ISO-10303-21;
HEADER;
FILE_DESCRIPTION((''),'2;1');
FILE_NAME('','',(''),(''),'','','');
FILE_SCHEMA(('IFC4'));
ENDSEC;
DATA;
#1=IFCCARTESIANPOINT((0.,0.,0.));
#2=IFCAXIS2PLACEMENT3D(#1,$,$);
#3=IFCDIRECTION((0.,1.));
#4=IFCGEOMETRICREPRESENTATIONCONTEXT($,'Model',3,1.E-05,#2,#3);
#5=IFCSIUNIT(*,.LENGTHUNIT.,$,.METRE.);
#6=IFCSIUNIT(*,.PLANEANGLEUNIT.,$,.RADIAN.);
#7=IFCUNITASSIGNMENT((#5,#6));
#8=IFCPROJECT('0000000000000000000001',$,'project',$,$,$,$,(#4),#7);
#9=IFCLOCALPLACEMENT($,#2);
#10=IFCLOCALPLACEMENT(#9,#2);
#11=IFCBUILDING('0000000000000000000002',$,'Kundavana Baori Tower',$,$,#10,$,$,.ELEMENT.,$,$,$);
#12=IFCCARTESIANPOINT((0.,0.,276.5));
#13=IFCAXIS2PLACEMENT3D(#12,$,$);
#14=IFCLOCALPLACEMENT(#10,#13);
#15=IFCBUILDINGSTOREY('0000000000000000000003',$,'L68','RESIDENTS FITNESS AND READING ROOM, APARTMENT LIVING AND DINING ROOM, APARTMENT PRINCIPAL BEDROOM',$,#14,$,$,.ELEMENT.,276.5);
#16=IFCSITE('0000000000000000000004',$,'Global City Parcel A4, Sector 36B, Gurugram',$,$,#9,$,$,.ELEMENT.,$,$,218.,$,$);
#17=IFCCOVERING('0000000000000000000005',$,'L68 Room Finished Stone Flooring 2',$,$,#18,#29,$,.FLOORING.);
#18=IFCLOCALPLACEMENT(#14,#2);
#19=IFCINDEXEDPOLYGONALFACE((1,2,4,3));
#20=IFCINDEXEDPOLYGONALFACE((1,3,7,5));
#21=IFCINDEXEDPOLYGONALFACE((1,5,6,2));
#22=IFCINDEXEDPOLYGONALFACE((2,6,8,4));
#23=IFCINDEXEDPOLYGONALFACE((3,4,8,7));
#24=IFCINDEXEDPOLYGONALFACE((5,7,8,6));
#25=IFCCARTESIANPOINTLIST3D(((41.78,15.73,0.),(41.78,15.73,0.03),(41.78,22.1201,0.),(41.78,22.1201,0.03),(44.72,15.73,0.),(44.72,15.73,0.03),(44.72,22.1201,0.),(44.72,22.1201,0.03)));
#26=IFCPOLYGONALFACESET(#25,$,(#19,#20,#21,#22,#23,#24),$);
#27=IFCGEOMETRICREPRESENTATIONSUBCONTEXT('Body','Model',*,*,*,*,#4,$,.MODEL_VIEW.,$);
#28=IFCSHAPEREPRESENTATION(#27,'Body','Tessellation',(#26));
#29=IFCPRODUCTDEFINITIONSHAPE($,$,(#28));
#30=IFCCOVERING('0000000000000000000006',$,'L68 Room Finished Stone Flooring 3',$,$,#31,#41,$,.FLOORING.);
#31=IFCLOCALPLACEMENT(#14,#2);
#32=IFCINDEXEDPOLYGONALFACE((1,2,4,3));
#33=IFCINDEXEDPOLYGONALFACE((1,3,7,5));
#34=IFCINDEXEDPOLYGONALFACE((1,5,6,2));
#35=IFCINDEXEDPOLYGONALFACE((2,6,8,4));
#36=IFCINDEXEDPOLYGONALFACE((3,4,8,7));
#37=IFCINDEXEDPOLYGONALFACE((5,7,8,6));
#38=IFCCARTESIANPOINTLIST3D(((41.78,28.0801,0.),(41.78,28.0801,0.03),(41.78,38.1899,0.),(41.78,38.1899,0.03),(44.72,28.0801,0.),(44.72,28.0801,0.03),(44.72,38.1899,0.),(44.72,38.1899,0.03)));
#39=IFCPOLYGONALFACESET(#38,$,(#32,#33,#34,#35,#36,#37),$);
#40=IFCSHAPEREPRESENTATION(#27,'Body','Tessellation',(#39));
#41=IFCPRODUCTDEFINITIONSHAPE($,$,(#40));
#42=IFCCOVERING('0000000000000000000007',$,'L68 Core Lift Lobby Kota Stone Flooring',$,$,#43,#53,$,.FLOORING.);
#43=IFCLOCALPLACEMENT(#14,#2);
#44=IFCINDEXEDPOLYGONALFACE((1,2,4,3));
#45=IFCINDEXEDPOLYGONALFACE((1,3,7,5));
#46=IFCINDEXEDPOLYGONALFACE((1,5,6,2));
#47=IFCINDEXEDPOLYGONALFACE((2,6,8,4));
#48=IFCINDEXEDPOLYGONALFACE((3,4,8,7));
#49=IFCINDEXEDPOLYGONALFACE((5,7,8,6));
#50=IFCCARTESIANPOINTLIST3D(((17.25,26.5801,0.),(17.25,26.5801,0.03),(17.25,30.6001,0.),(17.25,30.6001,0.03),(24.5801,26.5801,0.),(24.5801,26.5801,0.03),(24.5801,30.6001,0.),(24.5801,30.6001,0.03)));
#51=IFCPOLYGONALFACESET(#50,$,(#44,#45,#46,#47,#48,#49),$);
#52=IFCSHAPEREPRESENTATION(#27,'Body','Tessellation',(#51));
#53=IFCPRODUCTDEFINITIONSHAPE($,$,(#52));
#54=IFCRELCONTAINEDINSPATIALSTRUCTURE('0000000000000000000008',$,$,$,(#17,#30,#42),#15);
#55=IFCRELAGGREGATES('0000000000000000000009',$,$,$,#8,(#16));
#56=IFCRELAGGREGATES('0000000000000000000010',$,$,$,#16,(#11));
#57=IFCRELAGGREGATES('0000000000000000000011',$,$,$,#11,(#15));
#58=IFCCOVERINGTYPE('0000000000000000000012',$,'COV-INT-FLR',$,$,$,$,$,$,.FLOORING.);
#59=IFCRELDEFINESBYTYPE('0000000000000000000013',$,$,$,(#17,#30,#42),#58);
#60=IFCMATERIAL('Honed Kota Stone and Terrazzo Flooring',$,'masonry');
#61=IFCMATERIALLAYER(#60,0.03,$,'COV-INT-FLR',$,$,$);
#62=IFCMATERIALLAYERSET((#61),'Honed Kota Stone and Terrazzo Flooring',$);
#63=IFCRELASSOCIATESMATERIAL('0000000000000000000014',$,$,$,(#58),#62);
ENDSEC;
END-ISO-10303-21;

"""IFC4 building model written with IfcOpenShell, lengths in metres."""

from ifc_helpers import new_model, si_unit, direction, frame, origin, place, context, subcontext, project, spatial, polyline, outline, extrude, material, layer, layer_set, type_object, element, save


model = new_model("IFC4")

# Units and contexts
model_context = context("Model", 3, precision=1e-05, world=origin(), true_north=direction((0.0, 1.0)))
body_context = subcontext(model_context, "Body", "Model", "MODEL_VIEW")
ifc_project = project(units=[si_unit("LENGTHUNIT", "METRE"), si_unit("PLANEANGLEUNIT", "RADIAN")], contexts=[model_context])

# Site, building, storey
site_placement = place(None, origin())
site = spatial("IfcSite", under=ifc_project, at=site_placement, Name="Global City Parcel A4, Sector 36B, Gurugram", CompositionType="ELEMENT", RefElevation=218.0)
building_placement = place(site_placement, origin())
building = spatial("IfcBuilding", under=site, at=building_placement, Name="Kundavana Baori Tower", CompositionType="ELEMENT")
storey_placement = place(building_placement, frame((0.0, 0.0, 276.5)))
storey = spatial("IfcBuildingStorey", under=building, at=storey_placement, Name="L68", Description="RESIDENTS FITNESS AND READING ROOM, APARTMENT LIVING AND DINING ROOM, APARTMENT PRINCIPAL BEDROOM", CompositionType="ELEMENT", Elevation=276.5)

# Coverings
ifc_material_1 = material(Name="Honed Kota Stone and Terrazzo Flooring", Category="masonry")
ifc_layer_1 = layer(ifc_material_1, 0.03, Name="COV-INT-FLR")
ifc_layer_set_1 = layer_set([ifc_layer_1], Name="Honed Kota Stone and Terrazzo Flooring")
covering_type_1 = type_object("IfcCoveringType", Name="COV-INT-FLR", PredefinedType="FLOORING", material=ifc_layer_set_1)
covering_1_placement = place(storey_placement, origin())
element("IfcCovering", 1, at=covering_1_placement, inside=storey, type_object=covering_type_1, Name="L68 Room Finished Stone Flooring 2", PredefinedType="FLOORING", context=body_context, shape_type="SweptSolid", body=[
    extrude(outline(polyline([(41.78, 15.73), (44.72, 15.73), (44.72, 22.1201), (41.78, 22.1201), (41.78, 15.73)])), origin(), (0.0, 0.0, 1.0), 0.03),
])
covering_2_placement = place(storey_placement, origin())
element("IfcCovering", 2, at=covering_2_placement, inside=storey, type_object=covering_type_1, Name="L68 Room Finished Stone Flooring 3", PredefinedType="FLOORING", context=body_context, shape_type="SweptSolid", body=[
    extrude(outline(polyline([(41.78, 28.0801), (44.72, 28.0801), (44.72, 38.1899), (41.78, 38.1899), (41.78, 28.0801)])), origin(), (0.0, 0.0, 1.0), 0.03),
])
covering_3_placement = place(storey_placement, origin())
element("IfcCovering", 3, at=covering_3_placement, inside=storey, type_object=covering_type_1, Name="L68 Core Lift Lobby Kota Stone Flooring", PredefinedType="FLOORING", context=body_context, shape_type="SweptSolid", body=[
    extrude(outline(polyline([(17.25, 26.5801), (24.5801, 26.5801), (24.5801, 30.6001), (17.25, 30.6001), (17.25, 26.5801)])), origin(), (0.0, 0.0, 1.0), 0.03),
])

save(model, "model.ifc")
